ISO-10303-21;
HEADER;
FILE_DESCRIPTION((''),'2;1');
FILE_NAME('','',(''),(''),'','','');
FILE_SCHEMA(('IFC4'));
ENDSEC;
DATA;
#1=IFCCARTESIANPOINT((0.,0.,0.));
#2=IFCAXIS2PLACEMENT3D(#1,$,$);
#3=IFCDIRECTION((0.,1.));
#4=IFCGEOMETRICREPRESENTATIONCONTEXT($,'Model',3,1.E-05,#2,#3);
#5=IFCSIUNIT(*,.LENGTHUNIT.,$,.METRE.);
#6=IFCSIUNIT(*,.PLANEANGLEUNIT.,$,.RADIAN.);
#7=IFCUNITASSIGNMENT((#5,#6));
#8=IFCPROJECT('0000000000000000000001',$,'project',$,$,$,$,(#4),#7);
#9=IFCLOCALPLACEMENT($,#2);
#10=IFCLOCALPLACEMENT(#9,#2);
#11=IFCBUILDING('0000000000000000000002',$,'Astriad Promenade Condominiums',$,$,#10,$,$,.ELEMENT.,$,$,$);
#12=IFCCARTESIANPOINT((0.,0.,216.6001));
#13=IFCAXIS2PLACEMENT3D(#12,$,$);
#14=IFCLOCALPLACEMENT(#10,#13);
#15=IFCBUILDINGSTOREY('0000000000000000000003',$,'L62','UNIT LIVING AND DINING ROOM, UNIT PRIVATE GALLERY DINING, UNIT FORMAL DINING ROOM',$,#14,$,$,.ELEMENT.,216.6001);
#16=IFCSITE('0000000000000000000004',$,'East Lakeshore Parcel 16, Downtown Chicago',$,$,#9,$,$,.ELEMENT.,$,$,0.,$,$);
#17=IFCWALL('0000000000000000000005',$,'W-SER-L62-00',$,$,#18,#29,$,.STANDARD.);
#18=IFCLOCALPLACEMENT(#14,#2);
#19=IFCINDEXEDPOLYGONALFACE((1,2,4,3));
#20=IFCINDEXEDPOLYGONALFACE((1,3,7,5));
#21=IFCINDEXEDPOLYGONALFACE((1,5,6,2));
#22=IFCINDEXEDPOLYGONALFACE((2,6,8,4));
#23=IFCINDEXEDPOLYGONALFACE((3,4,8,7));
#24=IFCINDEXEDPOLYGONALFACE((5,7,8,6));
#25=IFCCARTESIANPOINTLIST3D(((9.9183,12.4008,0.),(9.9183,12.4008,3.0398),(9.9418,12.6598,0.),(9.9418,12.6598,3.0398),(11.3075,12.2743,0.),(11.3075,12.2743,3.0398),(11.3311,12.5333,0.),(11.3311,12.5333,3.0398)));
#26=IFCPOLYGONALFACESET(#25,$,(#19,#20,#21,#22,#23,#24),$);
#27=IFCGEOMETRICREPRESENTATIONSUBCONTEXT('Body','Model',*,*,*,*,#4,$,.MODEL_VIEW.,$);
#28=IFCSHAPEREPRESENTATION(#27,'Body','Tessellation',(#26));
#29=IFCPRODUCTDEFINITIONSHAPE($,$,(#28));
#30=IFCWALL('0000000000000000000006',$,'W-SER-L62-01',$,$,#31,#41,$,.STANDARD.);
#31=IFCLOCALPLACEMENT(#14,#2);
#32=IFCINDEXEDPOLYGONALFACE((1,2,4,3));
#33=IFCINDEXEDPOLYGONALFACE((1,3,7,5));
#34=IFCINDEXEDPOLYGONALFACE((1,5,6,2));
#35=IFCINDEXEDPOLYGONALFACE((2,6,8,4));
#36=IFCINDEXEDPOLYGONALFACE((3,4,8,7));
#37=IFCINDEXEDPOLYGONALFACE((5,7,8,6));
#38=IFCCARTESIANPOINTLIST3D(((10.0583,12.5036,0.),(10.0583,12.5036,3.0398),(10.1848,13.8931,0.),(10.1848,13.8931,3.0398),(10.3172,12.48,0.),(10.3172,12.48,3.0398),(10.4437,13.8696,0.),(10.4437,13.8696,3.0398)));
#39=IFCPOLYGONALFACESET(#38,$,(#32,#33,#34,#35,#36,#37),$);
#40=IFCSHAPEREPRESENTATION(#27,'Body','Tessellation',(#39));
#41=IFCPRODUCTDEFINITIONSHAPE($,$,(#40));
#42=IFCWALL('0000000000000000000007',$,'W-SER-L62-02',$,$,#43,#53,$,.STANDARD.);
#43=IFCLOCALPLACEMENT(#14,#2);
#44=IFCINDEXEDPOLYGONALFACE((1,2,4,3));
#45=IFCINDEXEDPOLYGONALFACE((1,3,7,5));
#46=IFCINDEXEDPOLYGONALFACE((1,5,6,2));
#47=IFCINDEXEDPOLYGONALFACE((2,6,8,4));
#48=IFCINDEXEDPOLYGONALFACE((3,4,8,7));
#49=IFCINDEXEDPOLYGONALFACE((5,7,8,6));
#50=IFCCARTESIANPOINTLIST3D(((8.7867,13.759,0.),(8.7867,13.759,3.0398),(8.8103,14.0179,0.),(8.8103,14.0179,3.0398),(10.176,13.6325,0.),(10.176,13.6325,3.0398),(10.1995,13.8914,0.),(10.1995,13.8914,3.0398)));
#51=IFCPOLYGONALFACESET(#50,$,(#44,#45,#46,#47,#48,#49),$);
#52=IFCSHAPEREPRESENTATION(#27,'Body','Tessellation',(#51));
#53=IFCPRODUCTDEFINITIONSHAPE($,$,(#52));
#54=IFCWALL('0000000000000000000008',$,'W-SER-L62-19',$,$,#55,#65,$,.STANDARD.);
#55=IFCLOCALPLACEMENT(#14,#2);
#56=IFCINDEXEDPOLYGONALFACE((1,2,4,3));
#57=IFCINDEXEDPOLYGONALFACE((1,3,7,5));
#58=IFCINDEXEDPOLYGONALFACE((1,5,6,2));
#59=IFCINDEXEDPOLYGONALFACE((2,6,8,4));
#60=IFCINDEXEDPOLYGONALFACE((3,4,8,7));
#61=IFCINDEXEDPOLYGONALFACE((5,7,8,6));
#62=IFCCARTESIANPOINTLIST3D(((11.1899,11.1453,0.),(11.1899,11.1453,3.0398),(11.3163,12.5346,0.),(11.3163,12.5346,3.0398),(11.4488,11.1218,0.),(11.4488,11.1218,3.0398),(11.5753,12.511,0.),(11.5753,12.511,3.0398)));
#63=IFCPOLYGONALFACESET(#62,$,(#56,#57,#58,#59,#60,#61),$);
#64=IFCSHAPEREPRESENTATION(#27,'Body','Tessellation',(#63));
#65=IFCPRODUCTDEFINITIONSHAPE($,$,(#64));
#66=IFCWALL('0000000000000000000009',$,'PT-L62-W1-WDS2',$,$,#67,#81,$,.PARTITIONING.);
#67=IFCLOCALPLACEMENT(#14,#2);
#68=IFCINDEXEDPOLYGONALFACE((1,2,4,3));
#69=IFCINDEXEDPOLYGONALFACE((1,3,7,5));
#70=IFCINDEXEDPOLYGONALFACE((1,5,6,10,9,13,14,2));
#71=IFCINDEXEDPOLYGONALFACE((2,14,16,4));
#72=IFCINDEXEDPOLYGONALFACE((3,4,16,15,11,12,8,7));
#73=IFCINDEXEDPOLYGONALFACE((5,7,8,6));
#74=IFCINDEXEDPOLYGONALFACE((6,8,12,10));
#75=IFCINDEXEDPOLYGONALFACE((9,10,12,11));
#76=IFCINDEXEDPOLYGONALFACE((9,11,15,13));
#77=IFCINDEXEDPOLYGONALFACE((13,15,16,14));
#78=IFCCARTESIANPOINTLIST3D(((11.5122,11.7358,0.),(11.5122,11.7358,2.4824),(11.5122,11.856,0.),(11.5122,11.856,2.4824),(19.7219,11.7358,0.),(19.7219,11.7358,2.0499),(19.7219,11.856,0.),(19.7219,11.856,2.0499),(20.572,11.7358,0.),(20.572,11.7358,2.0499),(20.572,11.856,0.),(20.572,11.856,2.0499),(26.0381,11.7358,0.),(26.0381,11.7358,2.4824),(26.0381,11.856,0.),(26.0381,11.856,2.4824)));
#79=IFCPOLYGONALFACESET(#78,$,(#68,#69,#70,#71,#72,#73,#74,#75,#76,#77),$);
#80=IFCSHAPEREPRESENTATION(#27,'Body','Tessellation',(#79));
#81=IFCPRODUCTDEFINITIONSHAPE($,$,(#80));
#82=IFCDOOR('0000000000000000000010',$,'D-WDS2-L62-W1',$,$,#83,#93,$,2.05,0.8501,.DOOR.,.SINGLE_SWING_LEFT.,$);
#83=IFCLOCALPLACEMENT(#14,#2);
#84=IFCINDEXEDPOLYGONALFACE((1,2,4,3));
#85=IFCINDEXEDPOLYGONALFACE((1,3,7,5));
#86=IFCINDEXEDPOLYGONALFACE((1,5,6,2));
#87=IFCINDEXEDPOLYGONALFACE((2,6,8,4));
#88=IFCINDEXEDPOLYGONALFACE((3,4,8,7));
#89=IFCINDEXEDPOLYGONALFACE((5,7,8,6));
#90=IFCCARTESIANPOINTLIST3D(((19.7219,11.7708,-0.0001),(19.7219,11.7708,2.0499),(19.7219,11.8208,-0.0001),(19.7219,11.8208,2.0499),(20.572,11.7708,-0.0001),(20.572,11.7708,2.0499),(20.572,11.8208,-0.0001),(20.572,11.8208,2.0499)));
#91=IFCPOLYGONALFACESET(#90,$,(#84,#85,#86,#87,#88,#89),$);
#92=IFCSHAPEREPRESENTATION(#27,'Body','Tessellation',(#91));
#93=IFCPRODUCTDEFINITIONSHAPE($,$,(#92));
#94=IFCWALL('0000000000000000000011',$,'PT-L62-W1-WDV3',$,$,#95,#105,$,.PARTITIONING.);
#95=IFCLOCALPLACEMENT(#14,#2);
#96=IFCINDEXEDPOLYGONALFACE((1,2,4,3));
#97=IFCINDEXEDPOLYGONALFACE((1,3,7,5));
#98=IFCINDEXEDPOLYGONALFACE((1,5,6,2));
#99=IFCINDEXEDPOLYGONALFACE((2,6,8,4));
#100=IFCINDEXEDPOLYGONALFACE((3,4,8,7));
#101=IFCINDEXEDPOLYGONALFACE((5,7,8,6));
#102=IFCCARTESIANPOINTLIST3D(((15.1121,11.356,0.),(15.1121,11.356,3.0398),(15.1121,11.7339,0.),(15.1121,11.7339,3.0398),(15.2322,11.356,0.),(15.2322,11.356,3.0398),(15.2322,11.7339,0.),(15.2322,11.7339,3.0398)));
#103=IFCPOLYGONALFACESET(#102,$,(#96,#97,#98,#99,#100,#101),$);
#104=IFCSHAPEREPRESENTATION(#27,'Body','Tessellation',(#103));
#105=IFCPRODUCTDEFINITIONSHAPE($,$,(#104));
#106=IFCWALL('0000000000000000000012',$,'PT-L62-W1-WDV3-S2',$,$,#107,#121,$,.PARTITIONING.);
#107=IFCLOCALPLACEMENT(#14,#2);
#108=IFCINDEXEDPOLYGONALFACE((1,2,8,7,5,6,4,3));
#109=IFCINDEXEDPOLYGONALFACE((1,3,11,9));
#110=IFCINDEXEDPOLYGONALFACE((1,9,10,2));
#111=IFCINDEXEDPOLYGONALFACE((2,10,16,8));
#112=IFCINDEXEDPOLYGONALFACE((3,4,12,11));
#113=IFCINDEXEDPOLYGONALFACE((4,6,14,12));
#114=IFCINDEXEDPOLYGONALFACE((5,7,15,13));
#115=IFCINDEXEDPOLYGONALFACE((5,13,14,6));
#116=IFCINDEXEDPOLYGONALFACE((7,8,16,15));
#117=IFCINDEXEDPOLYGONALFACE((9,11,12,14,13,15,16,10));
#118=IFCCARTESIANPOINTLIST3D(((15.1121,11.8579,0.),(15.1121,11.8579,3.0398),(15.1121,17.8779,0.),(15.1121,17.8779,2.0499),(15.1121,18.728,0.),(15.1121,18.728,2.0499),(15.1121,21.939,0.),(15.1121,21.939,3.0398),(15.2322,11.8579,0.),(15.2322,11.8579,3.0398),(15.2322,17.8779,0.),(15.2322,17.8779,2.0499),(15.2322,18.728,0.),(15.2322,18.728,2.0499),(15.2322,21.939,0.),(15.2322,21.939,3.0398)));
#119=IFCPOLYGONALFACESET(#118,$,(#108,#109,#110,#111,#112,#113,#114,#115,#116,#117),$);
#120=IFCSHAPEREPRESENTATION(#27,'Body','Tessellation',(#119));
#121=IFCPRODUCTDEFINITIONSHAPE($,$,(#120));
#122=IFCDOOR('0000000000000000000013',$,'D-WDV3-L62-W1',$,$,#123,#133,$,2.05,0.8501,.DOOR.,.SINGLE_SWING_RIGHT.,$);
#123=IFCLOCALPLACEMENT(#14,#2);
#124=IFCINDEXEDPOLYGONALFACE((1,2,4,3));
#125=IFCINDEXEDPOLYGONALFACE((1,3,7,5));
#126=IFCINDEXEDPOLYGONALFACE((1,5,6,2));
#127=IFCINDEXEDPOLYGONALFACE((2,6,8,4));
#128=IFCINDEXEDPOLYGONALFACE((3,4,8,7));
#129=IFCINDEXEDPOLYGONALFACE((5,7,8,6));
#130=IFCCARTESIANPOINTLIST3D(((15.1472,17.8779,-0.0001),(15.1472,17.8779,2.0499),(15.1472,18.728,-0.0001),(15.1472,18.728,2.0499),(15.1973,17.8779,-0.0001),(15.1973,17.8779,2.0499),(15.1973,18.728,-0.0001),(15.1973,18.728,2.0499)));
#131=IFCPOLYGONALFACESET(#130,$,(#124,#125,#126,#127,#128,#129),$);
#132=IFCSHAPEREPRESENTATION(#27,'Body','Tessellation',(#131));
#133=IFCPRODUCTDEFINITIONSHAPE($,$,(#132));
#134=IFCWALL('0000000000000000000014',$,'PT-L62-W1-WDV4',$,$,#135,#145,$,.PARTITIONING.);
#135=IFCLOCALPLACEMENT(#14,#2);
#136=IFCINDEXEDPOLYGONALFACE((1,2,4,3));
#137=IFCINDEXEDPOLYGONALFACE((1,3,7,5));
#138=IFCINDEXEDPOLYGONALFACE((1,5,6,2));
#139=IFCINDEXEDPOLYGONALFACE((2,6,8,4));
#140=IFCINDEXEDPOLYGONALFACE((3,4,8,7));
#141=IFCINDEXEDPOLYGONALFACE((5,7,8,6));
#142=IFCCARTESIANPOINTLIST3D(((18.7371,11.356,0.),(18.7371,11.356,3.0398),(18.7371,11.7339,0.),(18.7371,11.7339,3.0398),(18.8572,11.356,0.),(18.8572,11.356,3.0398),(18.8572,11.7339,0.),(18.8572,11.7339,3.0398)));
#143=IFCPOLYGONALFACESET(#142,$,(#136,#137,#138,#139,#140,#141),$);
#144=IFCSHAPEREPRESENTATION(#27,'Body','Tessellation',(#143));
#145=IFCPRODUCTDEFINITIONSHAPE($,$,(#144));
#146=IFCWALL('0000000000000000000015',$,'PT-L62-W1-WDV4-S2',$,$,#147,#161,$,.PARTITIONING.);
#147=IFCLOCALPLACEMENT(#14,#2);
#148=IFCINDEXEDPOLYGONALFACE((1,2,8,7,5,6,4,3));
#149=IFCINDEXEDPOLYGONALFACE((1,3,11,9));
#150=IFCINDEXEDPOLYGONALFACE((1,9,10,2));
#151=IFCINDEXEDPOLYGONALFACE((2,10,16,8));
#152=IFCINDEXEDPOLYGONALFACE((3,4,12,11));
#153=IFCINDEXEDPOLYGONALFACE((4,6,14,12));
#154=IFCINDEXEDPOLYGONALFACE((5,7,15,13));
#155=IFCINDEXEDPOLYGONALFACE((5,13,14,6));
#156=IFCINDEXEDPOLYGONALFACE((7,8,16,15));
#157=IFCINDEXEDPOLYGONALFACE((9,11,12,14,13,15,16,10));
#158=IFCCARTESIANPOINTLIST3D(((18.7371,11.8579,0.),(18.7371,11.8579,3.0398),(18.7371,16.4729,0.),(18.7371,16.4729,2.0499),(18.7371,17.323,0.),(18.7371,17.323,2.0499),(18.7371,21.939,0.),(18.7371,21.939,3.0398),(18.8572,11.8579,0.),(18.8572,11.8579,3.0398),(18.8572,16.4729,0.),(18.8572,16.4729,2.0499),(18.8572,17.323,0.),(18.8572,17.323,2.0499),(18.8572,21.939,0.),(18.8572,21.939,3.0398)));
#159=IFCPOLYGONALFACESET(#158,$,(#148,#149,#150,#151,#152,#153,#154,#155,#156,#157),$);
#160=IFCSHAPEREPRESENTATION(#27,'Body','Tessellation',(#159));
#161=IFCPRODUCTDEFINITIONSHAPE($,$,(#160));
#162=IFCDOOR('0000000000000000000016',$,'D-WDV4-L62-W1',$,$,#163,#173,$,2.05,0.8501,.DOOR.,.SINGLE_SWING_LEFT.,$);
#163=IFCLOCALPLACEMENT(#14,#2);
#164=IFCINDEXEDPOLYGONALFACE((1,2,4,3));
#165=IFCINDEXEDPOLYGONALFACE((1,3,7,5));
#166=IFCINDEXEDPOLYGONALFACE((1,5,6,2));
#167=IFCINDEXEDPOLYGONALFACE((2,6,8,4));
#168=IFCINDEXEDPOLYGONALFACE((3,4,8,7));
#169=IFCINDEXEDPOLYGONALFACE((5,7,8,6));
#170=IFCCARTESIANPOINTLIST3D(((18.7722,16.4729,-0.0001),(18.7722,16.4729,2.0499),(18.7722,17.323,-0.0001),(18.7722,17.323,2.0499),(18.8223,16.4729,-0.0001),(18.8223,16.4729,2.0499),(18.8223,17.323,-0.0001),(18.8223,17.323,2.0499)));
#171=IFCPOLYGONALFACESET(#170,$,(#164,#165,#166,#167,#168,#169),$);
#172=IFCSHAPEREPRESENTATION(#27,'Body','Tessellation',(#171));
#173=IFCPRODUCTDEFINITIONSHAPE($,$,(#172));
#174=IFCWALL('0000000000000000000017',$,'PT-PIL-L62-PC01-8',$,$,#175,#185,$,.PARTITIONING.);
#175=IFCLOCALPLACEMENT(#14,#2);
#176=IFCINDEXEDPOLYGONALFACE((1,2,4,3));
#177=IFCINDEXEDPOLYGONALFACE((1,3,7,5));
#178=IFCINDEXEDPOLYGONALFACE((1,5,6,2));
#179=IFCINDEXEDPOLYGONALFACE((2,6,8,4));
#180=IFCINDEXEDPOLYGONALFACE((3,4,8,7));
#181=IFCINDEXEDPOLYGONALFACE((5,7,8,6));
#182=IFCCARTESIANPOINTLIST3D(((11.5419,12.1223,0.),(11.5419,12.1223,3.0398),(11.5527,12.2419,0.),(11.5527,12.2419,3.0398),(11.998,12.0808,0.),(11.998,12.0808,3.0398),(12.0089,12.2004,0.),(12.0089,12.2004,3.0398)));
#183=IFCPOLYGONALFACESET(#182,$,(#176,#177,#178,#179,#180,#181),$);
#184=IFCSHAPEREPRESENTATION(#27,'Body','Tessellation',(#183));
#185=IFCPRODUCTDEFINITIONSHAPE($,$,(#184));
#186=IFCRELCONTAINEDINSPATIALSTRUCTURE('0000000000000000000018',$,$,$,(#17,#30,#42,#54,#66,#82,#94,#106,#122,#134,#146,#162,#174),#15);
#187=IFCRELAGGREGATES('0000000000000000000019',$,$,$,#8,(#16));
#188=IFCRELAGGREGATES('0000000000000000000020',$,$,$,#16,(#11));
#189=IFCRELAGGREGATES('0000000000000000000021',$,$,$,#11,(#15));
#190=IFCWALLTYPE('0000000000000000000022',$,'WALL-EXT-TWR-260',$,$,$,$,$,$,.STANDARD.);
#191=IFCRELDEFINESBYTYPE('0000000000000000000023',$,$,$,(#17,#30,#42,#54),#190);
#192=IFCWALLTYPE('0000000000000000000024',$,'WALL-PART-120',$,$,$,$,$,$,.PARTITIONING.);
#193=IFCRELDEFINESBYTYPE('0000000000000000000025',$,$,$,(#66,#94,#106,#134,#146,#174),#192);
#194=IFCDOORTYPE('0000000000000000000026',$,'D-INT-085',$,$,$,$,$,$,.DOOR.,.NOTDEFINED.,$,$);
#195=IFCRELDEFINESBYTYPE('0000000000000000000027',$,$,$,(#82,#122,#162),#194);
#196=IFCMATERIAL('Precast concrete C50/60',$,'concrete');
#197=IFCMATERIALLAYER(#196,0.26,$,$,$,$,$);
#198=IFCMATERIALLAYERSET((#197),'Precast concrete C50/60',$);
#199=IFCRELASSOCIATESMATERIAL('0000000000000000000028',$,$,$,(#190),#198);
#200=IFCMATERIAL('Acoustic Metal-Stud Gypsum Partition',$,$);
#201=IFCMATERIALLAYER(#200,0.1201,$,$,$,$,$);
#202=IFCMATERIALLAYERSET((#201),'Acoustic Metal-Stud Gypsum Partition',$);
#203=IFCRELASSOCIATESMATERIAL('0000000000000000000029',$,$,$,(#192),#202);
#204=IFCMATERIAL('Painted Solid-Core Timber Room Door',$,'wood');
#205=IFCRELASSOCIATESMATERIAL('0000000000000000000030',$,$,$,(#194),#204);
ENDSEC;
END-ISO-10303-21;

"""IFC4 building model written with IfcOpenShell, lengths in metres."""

from ifc_helpers import new_model, si_unit, direction, frame, frame_2d, origin, place, context, subcontext, project, spatial, rectangle, extrude, source, transform, mapped, material, layer, layer_set, type_object, type_shapes, element, fill, save


model = new_model("IFC4")

# Units and contexts
model_context = context("Model", 3, precision=1e-05, world=origin(), true_north=direction((0.0, 1.0)))
body_context = subcontext(model_context, "Body", "Model", "MODEL_VIEW")
ifc_project = project(units=[si_unit("LENGTHUNIT", "METRE"), si_unit("PLANEANGLEUNIT", "RADIAN")], contexts=[model_context])

# Site, building, storey
site_placement = place(None, origin())
site = spatial("IfcSite", under=ifc_project, at=site_placement, Name="East Lakeshore Parcel 16, Downtown Chicago", CompositionType="ELEMENT", RefElevation=0.0)
building_placement = place(site_placement, origin())
building = spatial("IfcBuilding", under=site, at=building_placement, Name="Astriad Promenade Condominiums", CompositionType="ELEMENT")
storey_placement = place(building_placement, frame((0.0, 0.0, 216.6001)))
storey = spatial("IfcBuildingStorey", under=building, at=storey_placement, Name="L62", Description="UNIT LIVING AND DINING ROOM, UNIT PRIVATE GALLERY DINING, UNIT FORMAL DINING ROOM", CompositionType="ELEMENT", Elevation=216.6001)

# Shared definitions
ifc_material_1 = material(Name="Precast concrete C50/60", Category="concrete")

# Walls
ifc_layer_1 = layer(ifc_material_1, 0.26)
ifc_layer_set_1 = layer_set([ifc_layer_1], Name="Precast concrete C50/60")
wall_type_1 = type_object("IfcWallType", Name="WALL-EXT-TWR-260", PredefinedType="STANDARD", material=ifc_layer_set_1)
wall_1_placement = place(storey_placement, frame((11.3193, 12.4038, 0.0), z_axis=(0.0, 0.0, 1.0), x_axis=(-0.995882, 0.090662, 0.0)))
element("IfcWall", 1, at=wall_1_placement, inside=storey, type_object=wall_type_1, Name="W-SER-L62-00", PredefinedType="STANDARD", context=body_context, shape_type="SweptSolid", body=[
    extrude(rectangle(XDim=1.395, YDim=0.26, at=frame_2d((0.6975, 0.0))), origin(), (0.0, 0.0, 1.0), 3.0398),
])
wall_2_placement = place(storey_placement, frame((10.1877, 12.4917, 0.0), z_axis=(0.0, 0.0, 1.0), x_axis=(0.090646, 0.995883, 0.0)))
element("IfcWall", 2, at=wall_2_placement, inside=storey, type_object=wall_type_1, Name="W-SER-L62-01", PredefinedType="STANDARD", context=body_context, shape_type="SweptSolid", body=[
    extrude(rectangle(XDim=1.3953, YDim=0.26, at=frame_2d((0.6978, 0.0))), origin(), (0.0, 0.0, 1.0), 3.0398),
])
for number, where, z_axis, x_axis, name in (
    (3, (10.1877, 13.762, 0.0), (0.0, 0.0, 1.0), (-0.995882, 0.090662, 0.0), "W-SER-L62-02"),
    (4, (11.3193, 11.1335, 0.0), (0.0, 0.0, 1.0), (0.090662, 0.995882, 0.0), "W-SER-L62-19"),
):
    element("IfcWall", number, at=place(storey_placement, frame(where, z_axis=z_axis, x_axis=x_axis)), inside=storey, type_object=wall_type_1, Name=name, PredefinedType="STANDARD", context=body_context, shape_type="SweptSolid", body=[
        extrude(rectangle(XDim=1.395, YDim=0.26, at=frame_2d((0.6975, 0.0))), origin(), (0.0, 0.0, 1.0), 3.0398),
    ])

# Wall, opening, door
ifc_material_2 = material(Name="Acoustic Metal-Stud Gypsum Partition")
ifc_layer_2 = layer(ifc_material_2, 0.1201)
ifc_layer_set_2 = layer_set([ifc_layer_2], Name="Acoustic Metal-Stud Gypsum Partition")
wall_type_2 = type_object("IfcWallType", Name="WALL-PART-120", PredefinedType="PARTITIONING", material=ifc_layer_set_2)
wall_3_placement = place(storey_placement, frame((11.5122, 11.7959, 0.0), z_axis=(0.0, 0.0, 1.0), x_axis=(1.0, 0.0, 0.0)))
wall_3 = element("IfcWall", 5, at=wall_3_placement, inside=storey, type_object=wall_type_2, Name="PT-L62-W1-WDS2", PredefinedType="PARTITIONING", context=body_context, shape_type="SweptSolid", body=[
    extrude(rectangle(XDim=14.5259, YDim=0.1201, at=frame_2d((7.2629, 0.0))), origin(), (0.0, 0.0, 1.0), 2.4824),
])
opening_1_placement = place(wall_3_placement, frame((8.2097, 0.0, 0.0)))
opening_1 = element("IfcOpeningElement", 6, at=opening_1_placement, cuts=wall_3, PredefinedType="OPENING", context=body_context, shape_type="SweptSolid", body=[
    extrude(rectangle(XDim=0.8501, YDim=2.05, at=frame_2d((0.425, 1.0249))), frame((0.0, 0.0701, 0.0), z_axis=(0.0, -1.0, 0.0), x_axis=(1.0, 0.0, 0.0)), (0.0, 0.0, 1.0), 0.1401),
])
ifc_material_3 = material(Name="Painted Solid-Core Timber Room Door", Category="wood")
door_type = type_object("IfcDoorType", Name="D-INT-085", OperationType="NOTDEFINED", PredefinedType="DOOR", material=ifc_material_3)
shared_shape_1 = source(origin(), body_context, "Body", "SweptSolid", [
    extrude(rectangle(XDim=0.8501, YDim=2.05, at=frame_2d((0.425, 1.0249))), frame((0.0, 0.0249, 0.0), z_axis=(0.0, -1.0, 0.0), x_axis=(1.0, 0.0, 0.0)), (0.0, 0.0, 1.0), 0.05),
])
type_shapes(door_type, [shared_shape_1])
door_1_placement = place(opening_1_placement, origin())
door_1 = element("IfcDoor", 7, at=door_1_placement, inside=storey, type_object=door_type, Name="D-WDS2-L62-W1", OperationType="SINGLE_SWING_LEFT", OverallHeight=2.05, OverallWidth=0.8501, PredefinedType="DOOR", context=body_context, shape_type="MappedRepresentation", body=[
    mapped(shared_shape_1, transform((0.0, 0.0, 0.0), scale=1.0)),
])
fill(opening_1, door_1)

# Wall
wall_4_placement = place(storey_placement, frame((15.1721, 11.356, 0.0), z_axis=(0.0, 0.0, 1.0), x_axis=(0.0, 1.0, 0.0)))
element("IfcWall", 8, at=wall_4_placement, inside=storey, type_object=wall_type_2, Name="PT-L62-W1-WDV3", PredefinedType="PARTITIONING", context=body_context, shape_type="SweptSolid", body=[
    extrude(rectangle(XDim=0.3779, YDim=0.1201, at=frame_2d((0.189, 0.0))), origin(), (0.0, 0.0, 1.0), 3.0398),
])

# Wall, opening, door
wall_5_placement = place(storey_placement, frame((15.1721, 11.8579, 0.0), z_axis=(0.0, 0.0, 1.0), x_axis=(0.0, 1.0, 0.0)))
wall_5 = element("IfcWall", 9, at=wall_5_placement, inside=storey, type_object=wall_type_2, Name="PT-L62-W1-WDV3-S2", PredefinedType="PARTITIONING", context=body_context, shape_type="SweptSolid", body=[
    extrude(rectangle(XDim=10.0811, YDim=0.1201, at=frame_2d((5.0405, 0.0))), origin(), (0.0, 0.0, 1.0), 3.0398),
])
opening_2_placement = place(wall_5_placement, frame((6.02, 0.0, 0.0)))
opening_2 = element("IfcOpeningElement", 10, at=opening_2_placement, cuts=wall_5, PredefinedType="OPENING", context=body_context, shape_type="SweptSolid", body=[
    extrude(rectangle(XDim=0.8501, YDim=2.05, at=frame_2d((0.425, 1.0249))), frame((0.0, 0.0701, 0.0), z_axis=(0.0, -1.0, 0.0), x_axis=(1.0, 0.0, 0.0)), (0.0, 0.0, 1.0), 0.1401),
])
door_2_placement = place(opening_2_placement, origin())
door_2 = element("IfcDoor", 11, at=door_2_placement, inside=storey, type_object=door_type, Name="D-WDV3-L62-W1", OperationType="SINGLE_SWING_RIGHT", OverallHeight=2.05, OverallWidth=0.8501, PredefinedType="DOOR", context=body_context, shape_type="MappedRepresentation", body=[
    mapped(shared_shape_1, transform((0.0, 0.0, 0.0), scale=1.0)),
])
fill(opening_2, door_2)

# Wall
wall_6_placement = place(storey_placement, frame((18.7971, 11.356, 0.0), z_axis=(0.0, 0.0, 1.0), x_axis=(0.0, 1.0, 0.0)))
element("IfcWall", 12, at=wall_6_placement, inside=storey, type_object=wall_type_2, Name="PT-L62-W1-WDV4", PredefinedType="PARTITIONING", context=body_context, shape_type="SweptSolid", body=[
    extrude(rectangle(XDim=0.3779, YDim=0.1201, at=frame_2d((0.189, 0.0))), origin(), (0.0, 0.0, 1.0), 3.0398),
])

# Wall, opening, door
wall_7_placement = place(storey_placement, frame((18.7971, 11.8579, 0.0), z_axis=(0.0, 0.0, 1.0), x_axis=(0.0, 1.0, 0.0)))
wall_7 = element("IfcWall", 13, at=wall_7_placement, inside=storey, type_object=wall_type_2, Name="PT-L62-W1-WDV4-S2", PredefinedType="PARTITIONING", context=body_context, shape_type="SweptSolid", body=[
    extrude(rectangle(XDim=10.0811, YDim=0.1201, at=frame_2d((5.0405, 0.0))), origin(), (0.0, 0.0, 1.0), 3.0398),
])
opening_3_placement = place(wall_7_placement, frame((4.615, 0.0, 0.0)))
opening_3 = element("IfcOpeningElement", 14, at=opening_3_placement, cuts=wall_7, PredefinedType="OPENING", context=body_context, shape_type="SweptSolid", body=[
    extrude(rectangle(XDim=0.8501, YDim=2.05, at=frame_2d((0.425, 1.0249))), frame((0.0, 0.0701, 0.0), z_axis=(0.0, -1.0, 0.0), x_axis=(1.0, 0.0, 0.0)), (0.0, 0.0, 1.0), 0.1401),
])
door_3_placement = place(opening_3_placement, origin())
door_3 = element("IfcDoor", 15, at=door_3_placement, inside=storey, type_object=door_type, Name="D-WDV4-L62-W1", OperationType="SINGLE_SWING_LEFT", OverallHeight=2.05, OverallWidth=0.8501, PredefinedType="DOOR", context=body_context, shape_type="MappedRepresentation", body=[
    mapped(shared_shape_1, transform((0.0, 0.0, 0.0), scale=1.0)),
])
fill(opening_3, door_3)

# Wall
wall_8_placement = place(storey_placement, frame((12.0034, 12.1406, 0.0), z_axis=(0.0, 0.0, 1.0), x_axis=(-0.995884, 0.090632, 0.0)))
element("IfcWall", 16, at=wall_8_placement, inside=storey, type_object=wall_type_2, Name="PT-PIL-L62-PC01-8", PredefinedType="PARTITIONING", context=body_context, shape_type="SweptSolid", body=[
    extrude(rectangle(XDim=0.458, YDim=0.1201, at=frame_2d((0.229, 0.0))), origin(), (0.0, 0.0, 1.0), 3.0398),
])

save(model, "model.ifc")
